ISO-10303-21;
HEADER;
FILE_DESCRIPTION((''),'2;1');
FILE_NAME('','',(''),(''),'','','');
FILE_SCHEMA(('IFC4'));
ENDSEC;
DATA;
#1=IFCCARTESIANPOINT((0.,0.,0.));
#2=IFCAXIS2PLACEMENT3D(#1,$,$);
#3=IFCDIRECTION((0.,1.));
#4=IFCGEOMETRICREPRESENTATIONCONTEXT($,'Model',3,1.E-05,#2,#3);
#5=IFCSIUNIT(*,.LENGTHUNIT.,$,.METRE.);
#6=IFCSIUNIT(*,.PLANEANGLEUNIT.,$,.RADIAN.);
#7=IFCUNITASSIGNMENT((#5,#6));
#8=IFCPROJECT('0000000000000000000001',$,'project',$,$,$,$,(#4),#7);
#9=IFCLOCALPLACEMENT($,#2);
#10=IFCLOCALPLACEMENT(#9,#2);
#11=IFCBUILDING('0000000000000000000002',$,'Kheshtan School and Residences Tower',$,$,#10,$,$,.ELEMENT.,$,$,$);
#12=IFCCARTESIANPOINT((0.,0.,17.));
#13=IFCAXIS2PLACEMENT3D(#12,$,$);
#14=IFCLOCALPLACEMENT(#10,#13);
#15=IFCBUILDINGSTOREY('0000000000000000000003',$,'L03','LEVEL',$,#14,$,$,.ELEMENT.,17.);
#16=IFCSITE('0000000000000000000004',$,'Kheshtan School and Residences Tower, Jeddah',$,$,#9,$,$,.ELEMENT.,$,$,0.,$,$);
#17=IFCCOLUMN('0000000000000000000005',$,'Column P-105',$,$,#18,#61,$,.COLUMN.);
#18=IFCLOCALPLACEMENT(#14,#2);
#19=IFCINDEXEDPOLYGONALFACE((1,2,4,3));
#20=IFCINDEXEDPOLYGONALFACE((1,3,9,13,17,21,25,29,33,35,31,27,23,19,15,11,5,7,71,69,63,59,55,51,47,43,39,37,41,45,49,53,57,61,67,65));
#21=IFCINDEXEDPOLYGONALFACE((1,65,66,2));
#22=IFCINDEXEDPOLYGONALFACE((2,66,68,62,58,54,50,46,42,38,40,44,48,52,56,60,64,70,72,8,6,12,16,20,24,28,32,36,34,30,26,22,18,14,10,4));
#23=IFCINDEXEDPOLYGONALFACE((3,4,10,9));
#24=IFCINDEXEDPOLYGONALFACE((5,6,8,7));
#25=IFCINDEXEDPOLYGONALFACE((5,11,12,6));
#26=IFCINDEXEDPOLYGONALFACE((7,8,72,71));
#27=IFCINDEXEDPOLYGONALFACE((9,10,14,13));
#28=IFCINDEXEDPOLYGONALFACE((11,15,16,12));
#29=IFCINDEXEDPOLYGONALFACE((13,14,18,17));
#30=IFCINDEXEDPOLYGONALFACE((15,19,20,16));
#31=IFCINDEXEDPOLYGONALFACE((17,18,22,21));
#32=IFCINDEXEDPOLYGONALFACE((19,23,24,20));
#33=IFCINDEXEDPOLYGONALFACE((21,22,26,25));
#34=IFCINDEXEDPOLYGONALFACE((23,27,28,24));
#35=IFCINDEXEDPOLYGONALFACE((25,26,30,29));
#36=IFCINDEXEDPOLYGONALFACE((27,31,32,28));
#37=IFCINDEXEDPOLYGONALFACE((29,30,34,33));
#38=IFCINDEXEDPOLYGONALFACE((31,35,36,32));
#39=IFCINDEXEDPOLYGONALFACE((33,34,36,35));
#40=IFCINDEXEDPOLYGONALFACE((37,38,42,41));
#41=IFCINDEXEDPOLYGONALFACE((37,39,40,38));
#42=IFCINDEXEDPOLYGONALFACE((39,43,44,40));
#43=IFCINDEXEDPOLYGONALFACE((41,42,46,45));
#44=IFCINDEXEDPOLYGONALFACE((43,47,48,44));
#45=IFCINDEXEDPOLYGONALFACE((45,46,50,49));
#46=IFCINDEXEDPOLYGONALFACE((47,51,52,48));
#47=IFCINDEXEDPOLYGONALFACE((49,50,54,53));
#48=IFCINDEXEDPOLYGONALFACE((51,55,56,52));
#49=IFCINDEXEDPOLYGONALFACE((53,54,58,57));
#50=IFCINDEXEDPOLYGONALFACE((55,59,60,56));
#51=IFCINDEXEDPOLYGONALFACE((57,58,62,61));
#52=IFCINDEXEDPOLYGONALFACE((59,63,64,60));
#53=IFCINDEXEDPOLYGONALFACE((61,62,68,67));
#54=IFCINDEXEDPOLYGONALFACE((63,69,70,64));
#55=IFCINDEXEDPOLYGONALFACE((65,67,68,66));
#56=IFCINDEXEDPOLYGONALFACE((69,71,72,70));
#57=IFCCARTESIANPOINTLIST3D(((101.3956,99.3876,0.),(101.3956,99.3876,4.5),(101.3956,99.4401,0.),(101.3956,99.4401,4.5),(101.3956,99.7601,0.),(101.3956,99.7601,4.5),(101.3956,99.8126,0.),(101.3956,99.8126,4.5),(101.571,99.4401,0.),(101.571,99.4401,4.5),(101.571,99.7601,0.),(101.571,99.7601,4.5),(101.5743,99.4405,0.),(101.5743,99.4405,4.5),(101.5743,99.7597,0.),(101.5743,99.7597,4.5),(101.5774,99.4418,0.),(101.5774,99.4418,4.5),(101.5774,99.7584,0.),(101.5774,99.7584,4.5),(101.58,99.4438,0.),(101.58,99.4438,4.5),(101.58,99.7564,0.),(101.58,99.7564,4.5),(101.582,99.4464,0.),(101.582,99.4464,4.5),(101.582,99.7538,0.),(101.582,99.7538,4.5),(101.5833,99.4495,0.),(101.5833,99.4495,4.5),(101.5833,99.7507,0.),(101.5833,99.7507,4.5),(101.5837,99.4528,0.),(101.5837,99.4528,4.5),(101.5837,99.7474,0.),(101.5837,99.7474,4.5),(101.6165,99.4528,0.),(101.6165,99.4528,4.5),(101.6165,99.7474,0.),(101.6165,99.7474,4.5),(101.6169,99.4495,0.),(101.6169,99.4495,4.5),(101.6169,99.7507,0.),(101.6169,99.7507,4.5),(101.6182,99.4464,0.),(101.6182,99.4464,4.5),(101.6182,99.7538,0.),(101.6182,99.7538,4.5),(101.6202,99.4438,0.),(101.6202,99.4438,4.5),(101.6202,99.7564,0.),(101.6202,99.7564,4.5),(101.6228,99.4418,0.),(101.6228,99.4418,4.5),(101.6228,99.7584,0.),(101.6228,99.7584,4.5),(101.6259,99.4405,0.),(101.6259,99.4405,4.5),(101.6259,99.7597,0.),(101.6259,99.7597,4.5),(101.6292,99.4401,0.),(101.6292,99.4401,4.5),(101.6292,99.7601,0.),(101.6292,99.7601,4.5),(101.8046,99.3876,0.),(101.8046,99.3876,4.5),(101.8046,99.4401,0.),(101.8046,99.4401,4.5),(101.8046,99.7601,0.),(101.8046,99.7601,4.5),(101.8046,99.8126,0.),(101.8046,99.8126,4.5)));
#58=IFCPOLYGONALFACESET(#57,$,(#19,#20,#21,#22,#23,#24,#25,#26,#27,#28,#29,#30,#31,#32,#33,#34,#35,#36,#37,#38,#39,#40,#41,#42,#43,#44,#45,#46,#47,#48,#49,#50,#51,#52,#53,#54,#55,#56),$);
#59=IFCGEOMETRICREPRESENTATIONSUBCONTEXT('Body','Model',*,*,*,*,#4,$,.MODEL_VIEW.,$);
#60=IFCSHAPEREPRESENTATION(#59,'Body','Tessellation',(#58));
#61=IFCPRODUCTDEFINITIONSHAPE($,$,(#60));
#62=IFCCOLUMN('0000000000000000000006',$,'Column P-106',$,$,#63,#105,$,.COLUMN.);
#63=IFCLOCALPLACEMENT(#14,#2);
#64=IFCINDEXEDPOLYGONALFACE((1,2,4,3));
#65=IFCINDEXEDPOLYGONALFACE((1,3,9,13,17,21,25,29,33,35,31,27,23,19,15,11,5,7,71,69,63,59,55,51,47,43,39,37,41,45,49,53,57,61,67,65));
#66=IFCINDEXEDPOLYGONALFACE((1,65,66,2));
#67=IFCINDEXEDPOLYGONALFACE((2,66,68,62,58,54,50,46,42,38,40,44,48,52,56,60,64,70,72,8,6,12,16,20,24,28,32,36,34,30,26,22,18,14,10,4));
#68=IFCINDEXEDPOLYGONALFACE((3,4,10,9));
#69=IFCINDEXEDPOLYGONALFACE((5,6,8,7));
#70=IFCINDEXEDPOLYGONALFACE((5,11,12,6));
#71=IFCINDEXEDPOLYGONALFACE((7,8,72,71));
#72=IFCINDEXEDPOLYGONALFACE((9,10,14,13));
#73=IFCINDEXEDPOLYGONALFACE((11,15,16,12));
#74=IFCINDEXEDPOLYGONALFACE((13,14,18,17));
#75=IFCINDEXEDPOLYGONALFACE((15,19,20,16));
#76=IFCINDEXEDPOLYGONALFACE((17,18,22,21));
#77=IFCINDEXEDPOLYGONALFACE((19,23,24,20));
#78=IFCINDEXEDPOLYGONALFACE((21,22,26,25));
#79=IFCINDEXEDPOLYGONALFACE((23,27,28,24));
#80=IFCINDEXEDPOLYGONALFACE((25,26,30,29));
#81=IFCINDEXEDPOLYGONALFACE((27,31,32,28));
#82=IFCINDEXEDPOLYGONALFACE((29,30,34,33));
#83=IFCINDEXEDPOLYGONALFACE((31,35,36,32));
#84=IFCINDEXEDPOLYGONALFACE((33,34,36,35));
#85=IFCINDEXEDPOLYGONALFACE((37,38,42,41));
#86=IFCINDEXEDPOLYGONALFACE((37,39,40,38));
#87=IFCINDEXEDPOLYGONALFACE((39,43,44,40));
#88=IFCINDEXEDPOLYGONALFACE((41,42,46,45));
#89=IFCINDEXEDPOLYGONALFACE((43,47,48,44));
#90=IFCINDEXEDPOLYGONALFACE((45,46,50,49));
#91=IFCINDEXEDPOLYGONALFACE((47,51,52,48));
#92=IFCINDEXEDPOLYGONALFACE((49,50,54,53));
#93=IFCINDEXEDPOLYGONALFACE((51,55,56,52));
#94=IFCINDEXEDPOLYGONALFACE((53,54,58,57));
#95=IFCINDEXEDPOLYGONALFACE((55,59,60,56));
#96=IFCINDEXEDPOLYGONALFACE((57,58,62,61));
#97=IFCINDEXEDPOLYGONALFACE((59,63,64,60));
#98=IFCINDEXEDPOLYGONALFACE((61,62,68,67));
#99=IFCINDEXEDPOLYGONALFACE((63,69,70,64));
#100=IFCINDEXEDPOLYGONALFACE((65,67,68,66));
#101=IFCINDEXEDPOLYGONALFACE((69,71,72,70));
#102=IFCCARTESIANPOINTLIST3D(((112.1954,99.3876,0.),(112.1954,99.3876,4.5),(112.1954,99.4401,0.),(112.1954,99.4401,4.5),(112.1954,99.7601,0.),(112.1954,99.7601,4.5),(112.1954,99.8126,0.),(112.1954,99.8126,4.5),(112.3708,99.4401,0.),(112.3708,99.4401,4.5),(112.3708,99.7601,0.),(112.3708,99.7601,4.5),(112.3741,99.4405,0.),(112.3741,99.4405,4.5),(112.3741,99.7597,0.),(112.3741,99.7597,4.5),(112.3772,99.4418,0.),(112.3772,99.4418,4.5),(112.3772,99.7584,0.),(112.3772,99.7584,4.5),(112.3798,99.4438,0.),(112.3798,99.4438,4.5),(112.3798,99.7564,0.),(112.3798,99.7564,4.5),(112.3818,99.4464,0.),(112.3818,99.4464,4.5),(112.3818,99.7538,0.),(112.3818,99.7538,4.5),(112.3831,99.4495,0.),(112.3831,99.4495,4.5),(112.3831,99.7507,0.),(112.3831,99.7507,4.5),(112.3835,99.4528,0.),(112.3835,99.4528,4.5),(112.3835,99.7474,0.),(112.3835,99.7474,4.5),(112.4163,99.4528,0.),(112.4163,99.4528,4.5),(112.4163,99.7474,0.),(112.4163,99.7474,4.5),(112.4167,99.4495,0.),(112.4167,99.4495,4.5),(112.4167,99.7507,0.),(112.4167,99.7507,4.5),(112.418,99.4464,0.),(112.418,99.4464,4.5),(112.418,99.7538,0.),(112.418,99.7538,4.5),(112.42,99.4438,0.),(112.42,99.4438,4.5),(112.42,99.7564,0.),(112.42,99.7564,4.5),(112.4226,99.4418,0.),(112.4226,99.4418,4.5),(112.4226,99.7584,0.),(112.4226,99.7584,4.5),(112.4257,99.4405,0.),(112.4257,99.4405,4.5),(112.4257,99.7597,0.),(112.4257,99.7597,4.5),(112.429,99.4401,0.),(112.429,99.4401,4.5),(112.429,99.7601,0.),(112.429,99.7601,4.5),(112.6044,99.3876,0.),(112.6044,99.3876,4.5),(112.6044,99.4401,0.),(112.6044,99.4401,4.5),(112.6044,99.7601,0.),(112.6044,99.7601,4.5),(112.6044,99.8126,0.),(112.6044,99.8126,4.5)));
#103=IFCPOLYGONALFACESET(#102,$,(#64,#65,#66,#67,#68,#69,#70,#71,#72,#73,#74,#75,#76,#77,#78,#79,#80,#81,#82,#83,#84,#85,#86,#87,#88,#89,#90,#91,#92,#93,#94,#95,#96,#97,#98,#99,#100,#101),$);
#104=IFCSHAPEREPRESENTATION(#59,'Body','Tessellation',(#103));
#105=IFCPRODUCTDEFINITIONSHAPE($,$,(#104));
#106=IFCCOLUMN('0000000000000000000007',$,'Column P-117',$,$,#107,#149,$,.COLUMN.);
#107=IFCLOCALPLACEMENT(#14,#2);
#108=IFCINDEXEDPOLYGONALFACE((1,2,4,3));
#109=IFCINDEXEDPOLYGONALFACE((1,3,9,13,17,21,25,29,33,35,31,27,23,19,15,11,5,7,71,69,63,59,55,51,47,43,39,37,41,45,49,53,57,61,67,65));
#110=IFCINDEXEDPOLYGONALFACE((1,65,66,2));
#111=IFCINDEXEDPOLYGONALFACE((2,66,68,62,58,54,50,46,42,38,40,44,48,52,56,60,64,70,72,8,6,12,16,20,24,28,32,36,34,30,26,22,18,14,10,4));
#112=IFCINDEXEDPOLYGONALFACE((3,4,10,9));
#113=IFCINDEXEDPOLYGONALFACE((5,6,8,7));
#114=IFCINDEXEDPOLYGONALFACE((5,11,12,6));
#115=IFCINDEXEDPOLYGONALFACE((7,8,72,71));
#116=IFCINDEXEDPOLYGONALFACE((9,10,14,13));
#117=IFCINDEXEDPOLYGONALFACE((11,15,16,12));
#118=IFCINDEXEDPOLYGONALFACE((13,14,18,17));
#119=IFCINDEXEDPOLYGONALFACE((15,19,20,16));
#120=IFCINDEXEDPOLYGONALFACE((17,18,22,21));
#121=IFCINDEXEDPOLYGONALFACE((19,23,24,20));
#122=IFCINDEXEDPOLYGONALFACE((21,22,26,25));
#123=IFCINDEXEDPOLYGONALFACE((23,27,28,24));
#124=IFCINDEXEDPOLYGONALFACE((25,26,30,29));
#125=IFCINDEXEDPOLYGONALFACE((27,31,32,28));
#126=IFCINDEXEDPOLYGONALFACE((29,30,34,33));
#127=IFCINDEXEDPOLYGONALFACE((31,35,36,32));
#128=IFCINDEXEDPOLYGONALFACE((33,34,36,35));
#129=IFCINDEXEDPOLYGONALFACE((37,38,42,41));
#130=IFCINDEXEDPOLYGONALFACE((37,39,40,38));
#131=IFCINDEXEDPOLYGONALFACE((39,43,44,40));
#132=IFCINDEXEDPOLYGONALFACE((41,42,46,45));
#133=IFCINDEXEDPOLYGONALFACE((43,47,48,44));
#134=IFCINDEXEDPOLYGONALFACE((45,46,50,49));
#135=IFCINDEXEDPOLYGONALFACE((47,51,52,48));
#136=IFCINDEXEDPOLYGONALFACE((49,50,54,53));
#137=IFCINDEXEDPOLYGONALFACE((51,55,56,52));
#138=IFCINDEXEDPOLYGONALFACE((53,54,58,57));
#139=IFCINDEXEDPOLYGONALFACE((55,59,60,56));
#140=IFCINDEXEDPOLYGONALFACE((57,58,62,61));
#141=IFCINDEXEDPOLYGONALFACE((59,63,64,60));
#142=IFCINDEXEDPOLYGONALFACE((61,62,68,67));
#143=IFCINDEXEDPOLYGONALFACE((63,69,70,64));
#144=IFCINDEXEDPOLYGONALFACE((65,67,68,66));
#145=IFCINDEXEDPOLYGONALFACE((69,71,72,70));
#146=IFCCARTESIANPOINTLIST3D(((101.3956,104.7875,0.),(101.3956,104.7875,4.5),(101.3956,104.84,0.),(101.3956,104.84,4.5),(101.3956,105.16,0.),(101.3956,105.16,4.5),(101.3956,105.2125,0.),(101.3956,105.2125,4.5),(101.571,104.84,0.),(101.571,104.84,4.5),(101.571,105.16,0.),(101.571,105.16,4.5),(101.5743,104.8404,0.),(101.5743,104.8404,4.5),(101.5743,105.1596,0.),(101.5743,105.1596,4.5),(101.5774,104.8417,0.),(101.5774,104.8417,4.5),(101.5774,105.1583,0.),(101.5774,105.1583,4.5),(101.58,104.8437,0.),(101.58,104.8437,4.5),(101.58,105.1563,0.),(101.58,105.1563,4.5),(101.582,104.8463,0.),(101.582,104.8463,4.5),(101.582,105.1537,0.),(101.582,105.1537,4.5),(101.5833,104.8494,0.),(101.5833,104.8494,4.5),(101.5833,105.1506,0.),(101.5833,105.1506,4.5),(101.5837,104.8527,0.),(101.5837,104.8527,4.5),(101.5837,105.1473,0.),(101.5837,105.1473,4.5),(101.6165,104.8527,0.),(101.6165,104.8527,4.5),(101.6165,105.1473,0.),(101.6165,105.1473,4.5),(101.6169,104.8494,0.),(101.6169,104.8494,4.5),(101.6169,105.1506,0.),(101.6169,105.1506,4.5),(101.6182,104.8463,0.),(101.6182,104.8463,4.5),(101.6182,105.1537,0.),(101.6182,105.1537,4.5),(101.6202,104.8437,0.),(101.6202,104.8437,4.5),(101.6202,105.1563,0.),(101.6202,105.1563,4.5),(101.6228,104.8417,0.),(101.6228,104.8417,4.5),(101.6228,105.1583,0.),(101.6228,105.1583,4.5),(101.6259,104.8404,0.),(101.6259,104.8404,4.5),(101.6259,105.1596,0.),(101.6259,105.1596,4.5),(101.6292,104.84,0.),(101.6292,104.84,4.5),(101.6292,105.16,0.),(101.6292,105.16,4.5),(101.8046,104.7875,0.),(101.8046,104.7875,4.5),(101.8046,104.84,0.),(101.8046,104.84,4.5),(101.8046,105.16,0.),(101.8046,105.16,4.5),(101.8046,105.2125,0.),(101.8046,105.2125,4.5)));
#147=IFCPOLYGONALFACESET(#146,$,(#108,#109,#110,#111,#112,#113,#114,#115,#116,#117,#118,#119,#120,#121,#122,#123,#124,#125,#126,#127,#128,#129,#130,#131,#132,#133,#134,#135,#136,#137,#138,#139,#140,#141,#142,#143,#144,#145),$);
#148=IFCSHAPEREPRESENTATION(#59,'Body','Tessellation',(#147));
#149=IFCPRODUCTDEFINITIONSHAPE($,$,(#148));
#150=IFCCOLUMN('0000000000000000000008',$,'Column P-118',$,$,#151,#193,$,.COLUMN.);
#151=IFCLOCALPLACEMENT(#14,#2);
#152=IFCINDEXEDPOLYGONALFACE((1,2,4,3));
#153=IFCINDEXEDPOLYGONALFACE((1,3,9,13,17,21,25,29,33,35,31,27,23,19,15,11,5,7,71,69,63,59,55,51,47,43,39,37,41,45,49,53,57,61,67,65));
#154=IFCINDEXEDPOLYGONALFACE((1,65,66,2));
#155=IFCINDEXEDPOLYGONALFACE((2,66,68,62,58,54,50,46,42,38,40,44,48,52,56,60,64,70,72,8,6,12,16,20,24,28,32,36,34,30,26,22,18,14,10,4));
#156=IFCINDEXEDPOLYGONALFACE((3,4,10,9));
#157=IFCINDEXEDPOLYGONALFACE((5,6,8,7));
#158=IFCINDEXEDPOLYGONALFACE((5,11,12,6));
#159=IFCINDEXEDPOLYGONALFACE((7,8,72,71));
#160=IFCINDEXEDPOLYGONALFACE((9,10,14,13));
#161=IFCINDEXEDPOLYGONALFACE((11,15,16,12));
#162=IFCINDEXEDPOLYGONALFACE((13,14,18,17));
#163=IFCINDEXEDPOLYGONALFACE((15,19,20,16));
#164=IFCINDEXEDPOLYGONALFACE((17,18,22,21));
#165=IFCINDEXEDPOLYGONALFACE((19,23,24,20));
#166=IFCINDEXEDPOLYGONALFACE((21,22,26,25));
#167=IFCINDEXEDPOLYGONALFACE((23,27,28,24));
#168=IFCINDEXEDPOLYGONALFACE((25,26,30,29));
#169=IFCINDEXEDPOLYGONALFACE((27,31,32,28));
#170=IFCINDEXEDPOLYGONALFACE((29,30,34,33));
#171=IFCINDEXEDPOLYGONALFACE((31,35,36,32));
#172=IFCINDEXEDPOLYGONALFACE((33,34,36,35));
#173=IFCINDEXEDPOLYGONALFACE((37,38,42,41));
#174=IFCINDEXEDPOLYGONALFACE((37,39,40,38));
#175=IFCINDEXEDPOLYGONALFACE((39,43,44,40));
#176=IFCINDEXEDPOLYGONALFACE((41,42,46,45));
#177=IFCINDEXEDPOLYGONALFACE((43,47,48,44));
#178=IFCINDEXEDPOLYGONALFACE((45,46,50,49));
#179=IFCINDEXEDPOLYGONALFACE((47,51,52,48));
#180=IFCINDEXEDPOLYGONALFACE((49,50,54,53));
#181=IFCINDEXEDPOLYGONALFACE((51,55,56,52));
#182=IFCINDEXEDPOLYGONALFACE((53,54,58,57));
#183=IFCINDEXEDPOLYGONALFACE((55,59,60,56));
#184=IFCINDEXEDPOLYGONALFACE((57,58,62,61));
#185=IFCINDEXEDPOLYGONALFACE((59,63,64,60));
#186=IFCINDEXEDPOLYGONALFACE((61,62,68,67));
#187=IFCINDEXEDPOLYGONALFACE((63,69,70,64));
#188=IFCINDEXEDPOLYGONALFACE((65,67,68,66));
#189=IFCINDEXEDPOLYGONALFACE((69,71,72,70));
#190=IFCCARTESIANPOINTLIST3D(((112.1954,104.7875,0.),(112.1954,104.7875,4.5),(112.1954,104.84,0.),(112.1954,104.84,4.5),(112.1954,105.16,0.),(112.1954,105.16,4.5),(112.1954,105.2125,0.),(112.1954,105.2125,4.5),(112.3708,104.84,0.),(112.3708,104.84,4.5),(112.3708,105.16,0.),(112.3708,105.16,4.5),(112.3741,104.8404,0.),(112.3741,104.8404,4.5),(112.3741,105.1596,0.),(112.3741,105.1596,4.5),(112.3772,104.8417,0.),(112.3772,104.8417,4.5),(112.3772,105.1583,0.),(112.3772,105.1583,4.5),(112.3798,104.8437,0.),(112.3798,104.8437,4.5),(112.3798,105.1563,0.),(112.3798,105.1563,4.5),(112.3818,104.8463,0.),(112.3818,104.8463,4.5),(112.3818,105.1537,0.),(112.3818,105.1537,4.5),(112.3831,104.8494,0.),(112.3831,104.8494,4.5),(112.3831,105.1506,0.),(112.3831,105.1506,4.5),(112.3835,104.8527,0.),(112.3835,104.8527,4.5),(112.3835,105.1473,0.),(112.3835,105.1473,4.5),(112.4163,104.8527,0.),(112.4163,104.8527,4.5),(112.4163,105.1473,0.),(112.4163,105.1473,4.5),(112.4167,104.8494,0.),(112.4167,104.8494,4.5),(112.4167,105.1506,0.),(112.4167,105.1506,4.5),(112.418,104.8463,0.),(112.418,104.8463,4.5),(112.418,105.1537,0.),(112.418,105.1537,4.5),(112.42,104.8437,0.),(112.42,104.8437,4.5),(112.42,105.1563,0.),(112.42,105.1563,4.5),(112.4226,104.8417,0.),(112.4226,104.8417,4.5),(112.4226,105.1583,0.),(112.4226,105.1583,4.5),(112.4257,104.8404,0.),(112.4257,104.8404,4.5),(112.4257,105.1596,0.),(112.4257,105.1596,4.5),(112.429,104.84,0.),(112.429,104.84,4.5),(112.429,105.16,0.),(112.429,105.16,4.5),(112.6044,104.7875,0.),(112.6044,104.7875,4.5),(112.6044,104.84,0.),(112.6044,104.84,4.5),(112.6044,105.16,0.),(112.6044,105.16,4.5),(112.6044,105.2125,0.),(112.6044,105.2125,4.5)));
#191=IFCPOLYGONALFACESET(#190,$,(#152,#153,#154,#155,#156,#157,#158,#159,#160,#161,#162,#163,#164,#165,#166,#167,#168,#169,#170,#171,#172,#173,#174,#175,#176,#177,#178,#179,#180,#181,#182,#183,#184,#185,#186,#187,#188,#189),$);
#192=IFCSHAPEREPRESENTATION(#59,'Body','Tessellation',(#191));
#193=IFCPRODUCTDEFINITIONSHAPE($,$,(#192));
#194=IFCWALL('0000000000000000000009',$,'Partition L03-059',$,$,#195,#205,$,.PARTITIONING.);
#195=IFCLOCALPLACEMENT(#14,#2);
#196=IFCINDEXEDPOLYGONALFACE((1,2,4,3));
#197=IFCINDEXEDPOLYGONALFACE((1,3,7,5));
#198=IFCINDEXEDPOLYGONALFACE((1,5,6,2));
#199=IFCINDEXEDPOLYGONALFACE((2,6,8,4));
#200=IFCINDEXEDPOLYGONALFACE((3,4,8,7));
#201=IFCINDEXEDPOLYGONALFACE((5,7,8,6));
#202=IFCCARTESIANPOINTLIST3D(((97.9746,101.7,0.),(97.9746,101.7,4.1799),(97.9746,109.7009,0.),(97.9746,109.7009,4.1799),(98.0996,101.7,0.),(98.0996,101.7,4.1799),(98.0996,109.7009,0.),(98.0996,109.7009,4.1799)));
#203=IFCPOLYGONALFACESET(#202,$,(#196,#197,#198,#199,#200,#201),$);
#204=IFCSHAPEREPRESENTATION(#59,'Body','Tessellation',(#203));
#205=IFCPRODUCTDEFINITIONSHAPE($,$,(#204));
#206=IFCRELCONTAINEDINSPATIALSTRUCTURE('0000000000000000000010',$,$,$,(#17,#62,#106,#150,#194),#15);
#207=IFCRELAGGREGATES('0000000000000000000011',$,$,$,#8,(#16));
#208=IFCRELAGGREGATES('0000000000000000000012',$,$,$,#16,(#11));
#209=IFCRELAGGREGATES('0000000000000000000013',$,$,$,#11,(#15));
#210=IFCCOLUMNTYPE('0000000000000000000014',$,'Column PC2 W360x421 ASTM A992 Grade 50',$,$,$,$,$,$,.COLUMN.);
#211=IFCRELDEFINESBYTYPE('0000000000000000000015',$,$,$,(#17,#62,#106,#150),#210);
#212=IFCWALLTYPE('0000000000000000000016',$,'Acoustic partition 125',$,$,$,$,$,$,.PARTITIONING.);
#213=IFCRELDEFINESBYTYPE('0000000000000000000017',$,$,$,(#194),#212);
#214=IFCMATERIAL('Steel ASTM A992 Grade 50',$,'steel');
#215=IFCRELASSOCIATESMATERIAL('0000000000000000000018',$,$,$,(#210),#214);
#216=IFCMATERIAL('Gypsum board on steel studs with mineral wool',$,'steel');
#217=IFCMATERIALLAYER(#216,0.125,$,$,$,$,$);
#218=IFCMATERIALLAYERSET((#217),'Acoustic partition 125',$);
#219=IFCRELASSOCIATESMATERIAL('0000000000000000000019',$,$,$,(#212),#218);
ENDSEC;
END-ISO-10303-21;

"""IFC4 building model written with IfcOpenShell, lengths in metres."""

from ifc_helpers import new_model, si_unit, direction, frame, frame_2d, origin, origin_2d, place, context, subcontext, project, spatial, rectangle, i_section, extrude, material, layer, layer_set, material_profile, profile_set, type_object, element, save


model = new_model("IFC4")

# Units and contexts
model_context = context("Model", 3, precision=1e-05, world=origin(), true_north=direction((0.0, 1.0)))
body_context = subcontext(model_context, "Body", "Model", "MODEL_VIEW")
ifc_project = project(units=[si_unit("LENGTHUNIT", "METRE"), si_unit("PLANEANGLEUNIT", "RADIAN")], contexts=[model_context])

# Site, building, storey
site_placement = place(None, origin())
site = spatial("IfcSite", under=ifc_project, at=site_placement, Name="Kheshtan School and Residences Tower, Jeddah", CompositionType="ELEMENT", RefElevation=0.0)
building_placement = place(site_placement, origin())
building = spatial("IfcBuilding", under=site, at=building_placement, Name="Kheshtan School and Residences Tower", CompositionType="ELEMENT")
storey_placement = place(building_placement, frame((0.0, 0.0, 17.0)))
storey = spatial("IfcBuildingStorey", under=building, at=storey_placement, Name="L03", Description="LEVEL", CompositionType="ELEMENT", Elevation=17.0)

# Columns
ifc_material_1 = material(Name="Steel ASTM A992 Grade 50", Category="steel")
ifc_material_profile = material_profile(ifc_material_1, i_section(OverallWidth=0.4089, OverallDepth=0.425, WebThickness=0.0327, FlangeThickness=0.0525, FilletRadius=0.0127, at=origin_2d()), Name="W360x421")
ifc_profile_set = profile_set([ifc_material_profile], Name="Steel ASTM A992 Grade 50")
column_type = type_object("IfcColumnType", Name="Column PC2 W360x421 ASTM A992 Grade 50", PredefinedType="COLUMN", material=ifc_profile_set)
for number, where, z_axis, x_axis, name in (
    (1, (101.6001, 99.6001, 0.0), (0.0, 0.0, 1.0), (1.0, 0.0, 0.0), "Column P-105"),
    (2, (112.3999, 99.6001, 0.0), (0.0, 0.0, 1.0), (1.0, 0.0, 0.0), "Column P-106"),
    (3, (101.6001, 105.0, 0.0), (0.0, 0.0, 1.0), (1.0, 0.0, 0.0), "Column P-117"),
    (4, (112.3999, 105.0, 0.0), (0.0, 0.0, 1.0), (1.0, 0.0, 0.0), "Column P-118"),
):
    element("IfcColumn", number, at=place(storey_placement, frame(where, z_axis=z_axis, x_axis=x_axis)), inside=storey, type_object=column_type, Name=name, PredefinedType="COLUMN", context=body_context, shape_type="SweptSolid", body=[
        extrude(i_section(OverallWidth=0.4089, OverallDepth=0.425, WebThickness=0.0327, FlangeThickness=0.0525, FilletRadius=0.0127, at=origin_2d()), origin(), (0.0, 0.0, 1.0), 4.5),
    ])

# Wall
ifc_material_2 = material(Name="Gypsum board on steel studs with mineral wool", Category="steel")
ifc_layer_1 = layer(ifc_material_2, 0.125)
ifc_layer_set_1 = layer_set([ifc_layer_1], Name="Acoustic partition 125")
wall_type_1 = type_object("IfcWallType", Name="Acoustic partition 125", PredefinedType="PARTITIONING", material=ifc_layer_set_1)
for number, where, z_axis, x_axis, name in (
    (5, (98.0371, 101.7, 0.0), (0.0, 0.0, 1.0), (0.0, 1.0, 0.0), "Partition L03-059"),
):
    element("IfcWall", number, at=place(storey_placement, frame(where, z_axis=z_axis, x_axis=x_axis)), inside=storey, type_object=wall_type_1, Name=name, PredefinedType="PARTITIONING", context=body_context, shape_type="SweptSolid", body=[
        extrude(rectangle(XDim=8.001, YDim=0.125, at=frame_2d((4.0005, 0.0))), origin(), (0.0, 0.0, 1.0), 4.1799),
    ])

save(model, "model.ifc")
